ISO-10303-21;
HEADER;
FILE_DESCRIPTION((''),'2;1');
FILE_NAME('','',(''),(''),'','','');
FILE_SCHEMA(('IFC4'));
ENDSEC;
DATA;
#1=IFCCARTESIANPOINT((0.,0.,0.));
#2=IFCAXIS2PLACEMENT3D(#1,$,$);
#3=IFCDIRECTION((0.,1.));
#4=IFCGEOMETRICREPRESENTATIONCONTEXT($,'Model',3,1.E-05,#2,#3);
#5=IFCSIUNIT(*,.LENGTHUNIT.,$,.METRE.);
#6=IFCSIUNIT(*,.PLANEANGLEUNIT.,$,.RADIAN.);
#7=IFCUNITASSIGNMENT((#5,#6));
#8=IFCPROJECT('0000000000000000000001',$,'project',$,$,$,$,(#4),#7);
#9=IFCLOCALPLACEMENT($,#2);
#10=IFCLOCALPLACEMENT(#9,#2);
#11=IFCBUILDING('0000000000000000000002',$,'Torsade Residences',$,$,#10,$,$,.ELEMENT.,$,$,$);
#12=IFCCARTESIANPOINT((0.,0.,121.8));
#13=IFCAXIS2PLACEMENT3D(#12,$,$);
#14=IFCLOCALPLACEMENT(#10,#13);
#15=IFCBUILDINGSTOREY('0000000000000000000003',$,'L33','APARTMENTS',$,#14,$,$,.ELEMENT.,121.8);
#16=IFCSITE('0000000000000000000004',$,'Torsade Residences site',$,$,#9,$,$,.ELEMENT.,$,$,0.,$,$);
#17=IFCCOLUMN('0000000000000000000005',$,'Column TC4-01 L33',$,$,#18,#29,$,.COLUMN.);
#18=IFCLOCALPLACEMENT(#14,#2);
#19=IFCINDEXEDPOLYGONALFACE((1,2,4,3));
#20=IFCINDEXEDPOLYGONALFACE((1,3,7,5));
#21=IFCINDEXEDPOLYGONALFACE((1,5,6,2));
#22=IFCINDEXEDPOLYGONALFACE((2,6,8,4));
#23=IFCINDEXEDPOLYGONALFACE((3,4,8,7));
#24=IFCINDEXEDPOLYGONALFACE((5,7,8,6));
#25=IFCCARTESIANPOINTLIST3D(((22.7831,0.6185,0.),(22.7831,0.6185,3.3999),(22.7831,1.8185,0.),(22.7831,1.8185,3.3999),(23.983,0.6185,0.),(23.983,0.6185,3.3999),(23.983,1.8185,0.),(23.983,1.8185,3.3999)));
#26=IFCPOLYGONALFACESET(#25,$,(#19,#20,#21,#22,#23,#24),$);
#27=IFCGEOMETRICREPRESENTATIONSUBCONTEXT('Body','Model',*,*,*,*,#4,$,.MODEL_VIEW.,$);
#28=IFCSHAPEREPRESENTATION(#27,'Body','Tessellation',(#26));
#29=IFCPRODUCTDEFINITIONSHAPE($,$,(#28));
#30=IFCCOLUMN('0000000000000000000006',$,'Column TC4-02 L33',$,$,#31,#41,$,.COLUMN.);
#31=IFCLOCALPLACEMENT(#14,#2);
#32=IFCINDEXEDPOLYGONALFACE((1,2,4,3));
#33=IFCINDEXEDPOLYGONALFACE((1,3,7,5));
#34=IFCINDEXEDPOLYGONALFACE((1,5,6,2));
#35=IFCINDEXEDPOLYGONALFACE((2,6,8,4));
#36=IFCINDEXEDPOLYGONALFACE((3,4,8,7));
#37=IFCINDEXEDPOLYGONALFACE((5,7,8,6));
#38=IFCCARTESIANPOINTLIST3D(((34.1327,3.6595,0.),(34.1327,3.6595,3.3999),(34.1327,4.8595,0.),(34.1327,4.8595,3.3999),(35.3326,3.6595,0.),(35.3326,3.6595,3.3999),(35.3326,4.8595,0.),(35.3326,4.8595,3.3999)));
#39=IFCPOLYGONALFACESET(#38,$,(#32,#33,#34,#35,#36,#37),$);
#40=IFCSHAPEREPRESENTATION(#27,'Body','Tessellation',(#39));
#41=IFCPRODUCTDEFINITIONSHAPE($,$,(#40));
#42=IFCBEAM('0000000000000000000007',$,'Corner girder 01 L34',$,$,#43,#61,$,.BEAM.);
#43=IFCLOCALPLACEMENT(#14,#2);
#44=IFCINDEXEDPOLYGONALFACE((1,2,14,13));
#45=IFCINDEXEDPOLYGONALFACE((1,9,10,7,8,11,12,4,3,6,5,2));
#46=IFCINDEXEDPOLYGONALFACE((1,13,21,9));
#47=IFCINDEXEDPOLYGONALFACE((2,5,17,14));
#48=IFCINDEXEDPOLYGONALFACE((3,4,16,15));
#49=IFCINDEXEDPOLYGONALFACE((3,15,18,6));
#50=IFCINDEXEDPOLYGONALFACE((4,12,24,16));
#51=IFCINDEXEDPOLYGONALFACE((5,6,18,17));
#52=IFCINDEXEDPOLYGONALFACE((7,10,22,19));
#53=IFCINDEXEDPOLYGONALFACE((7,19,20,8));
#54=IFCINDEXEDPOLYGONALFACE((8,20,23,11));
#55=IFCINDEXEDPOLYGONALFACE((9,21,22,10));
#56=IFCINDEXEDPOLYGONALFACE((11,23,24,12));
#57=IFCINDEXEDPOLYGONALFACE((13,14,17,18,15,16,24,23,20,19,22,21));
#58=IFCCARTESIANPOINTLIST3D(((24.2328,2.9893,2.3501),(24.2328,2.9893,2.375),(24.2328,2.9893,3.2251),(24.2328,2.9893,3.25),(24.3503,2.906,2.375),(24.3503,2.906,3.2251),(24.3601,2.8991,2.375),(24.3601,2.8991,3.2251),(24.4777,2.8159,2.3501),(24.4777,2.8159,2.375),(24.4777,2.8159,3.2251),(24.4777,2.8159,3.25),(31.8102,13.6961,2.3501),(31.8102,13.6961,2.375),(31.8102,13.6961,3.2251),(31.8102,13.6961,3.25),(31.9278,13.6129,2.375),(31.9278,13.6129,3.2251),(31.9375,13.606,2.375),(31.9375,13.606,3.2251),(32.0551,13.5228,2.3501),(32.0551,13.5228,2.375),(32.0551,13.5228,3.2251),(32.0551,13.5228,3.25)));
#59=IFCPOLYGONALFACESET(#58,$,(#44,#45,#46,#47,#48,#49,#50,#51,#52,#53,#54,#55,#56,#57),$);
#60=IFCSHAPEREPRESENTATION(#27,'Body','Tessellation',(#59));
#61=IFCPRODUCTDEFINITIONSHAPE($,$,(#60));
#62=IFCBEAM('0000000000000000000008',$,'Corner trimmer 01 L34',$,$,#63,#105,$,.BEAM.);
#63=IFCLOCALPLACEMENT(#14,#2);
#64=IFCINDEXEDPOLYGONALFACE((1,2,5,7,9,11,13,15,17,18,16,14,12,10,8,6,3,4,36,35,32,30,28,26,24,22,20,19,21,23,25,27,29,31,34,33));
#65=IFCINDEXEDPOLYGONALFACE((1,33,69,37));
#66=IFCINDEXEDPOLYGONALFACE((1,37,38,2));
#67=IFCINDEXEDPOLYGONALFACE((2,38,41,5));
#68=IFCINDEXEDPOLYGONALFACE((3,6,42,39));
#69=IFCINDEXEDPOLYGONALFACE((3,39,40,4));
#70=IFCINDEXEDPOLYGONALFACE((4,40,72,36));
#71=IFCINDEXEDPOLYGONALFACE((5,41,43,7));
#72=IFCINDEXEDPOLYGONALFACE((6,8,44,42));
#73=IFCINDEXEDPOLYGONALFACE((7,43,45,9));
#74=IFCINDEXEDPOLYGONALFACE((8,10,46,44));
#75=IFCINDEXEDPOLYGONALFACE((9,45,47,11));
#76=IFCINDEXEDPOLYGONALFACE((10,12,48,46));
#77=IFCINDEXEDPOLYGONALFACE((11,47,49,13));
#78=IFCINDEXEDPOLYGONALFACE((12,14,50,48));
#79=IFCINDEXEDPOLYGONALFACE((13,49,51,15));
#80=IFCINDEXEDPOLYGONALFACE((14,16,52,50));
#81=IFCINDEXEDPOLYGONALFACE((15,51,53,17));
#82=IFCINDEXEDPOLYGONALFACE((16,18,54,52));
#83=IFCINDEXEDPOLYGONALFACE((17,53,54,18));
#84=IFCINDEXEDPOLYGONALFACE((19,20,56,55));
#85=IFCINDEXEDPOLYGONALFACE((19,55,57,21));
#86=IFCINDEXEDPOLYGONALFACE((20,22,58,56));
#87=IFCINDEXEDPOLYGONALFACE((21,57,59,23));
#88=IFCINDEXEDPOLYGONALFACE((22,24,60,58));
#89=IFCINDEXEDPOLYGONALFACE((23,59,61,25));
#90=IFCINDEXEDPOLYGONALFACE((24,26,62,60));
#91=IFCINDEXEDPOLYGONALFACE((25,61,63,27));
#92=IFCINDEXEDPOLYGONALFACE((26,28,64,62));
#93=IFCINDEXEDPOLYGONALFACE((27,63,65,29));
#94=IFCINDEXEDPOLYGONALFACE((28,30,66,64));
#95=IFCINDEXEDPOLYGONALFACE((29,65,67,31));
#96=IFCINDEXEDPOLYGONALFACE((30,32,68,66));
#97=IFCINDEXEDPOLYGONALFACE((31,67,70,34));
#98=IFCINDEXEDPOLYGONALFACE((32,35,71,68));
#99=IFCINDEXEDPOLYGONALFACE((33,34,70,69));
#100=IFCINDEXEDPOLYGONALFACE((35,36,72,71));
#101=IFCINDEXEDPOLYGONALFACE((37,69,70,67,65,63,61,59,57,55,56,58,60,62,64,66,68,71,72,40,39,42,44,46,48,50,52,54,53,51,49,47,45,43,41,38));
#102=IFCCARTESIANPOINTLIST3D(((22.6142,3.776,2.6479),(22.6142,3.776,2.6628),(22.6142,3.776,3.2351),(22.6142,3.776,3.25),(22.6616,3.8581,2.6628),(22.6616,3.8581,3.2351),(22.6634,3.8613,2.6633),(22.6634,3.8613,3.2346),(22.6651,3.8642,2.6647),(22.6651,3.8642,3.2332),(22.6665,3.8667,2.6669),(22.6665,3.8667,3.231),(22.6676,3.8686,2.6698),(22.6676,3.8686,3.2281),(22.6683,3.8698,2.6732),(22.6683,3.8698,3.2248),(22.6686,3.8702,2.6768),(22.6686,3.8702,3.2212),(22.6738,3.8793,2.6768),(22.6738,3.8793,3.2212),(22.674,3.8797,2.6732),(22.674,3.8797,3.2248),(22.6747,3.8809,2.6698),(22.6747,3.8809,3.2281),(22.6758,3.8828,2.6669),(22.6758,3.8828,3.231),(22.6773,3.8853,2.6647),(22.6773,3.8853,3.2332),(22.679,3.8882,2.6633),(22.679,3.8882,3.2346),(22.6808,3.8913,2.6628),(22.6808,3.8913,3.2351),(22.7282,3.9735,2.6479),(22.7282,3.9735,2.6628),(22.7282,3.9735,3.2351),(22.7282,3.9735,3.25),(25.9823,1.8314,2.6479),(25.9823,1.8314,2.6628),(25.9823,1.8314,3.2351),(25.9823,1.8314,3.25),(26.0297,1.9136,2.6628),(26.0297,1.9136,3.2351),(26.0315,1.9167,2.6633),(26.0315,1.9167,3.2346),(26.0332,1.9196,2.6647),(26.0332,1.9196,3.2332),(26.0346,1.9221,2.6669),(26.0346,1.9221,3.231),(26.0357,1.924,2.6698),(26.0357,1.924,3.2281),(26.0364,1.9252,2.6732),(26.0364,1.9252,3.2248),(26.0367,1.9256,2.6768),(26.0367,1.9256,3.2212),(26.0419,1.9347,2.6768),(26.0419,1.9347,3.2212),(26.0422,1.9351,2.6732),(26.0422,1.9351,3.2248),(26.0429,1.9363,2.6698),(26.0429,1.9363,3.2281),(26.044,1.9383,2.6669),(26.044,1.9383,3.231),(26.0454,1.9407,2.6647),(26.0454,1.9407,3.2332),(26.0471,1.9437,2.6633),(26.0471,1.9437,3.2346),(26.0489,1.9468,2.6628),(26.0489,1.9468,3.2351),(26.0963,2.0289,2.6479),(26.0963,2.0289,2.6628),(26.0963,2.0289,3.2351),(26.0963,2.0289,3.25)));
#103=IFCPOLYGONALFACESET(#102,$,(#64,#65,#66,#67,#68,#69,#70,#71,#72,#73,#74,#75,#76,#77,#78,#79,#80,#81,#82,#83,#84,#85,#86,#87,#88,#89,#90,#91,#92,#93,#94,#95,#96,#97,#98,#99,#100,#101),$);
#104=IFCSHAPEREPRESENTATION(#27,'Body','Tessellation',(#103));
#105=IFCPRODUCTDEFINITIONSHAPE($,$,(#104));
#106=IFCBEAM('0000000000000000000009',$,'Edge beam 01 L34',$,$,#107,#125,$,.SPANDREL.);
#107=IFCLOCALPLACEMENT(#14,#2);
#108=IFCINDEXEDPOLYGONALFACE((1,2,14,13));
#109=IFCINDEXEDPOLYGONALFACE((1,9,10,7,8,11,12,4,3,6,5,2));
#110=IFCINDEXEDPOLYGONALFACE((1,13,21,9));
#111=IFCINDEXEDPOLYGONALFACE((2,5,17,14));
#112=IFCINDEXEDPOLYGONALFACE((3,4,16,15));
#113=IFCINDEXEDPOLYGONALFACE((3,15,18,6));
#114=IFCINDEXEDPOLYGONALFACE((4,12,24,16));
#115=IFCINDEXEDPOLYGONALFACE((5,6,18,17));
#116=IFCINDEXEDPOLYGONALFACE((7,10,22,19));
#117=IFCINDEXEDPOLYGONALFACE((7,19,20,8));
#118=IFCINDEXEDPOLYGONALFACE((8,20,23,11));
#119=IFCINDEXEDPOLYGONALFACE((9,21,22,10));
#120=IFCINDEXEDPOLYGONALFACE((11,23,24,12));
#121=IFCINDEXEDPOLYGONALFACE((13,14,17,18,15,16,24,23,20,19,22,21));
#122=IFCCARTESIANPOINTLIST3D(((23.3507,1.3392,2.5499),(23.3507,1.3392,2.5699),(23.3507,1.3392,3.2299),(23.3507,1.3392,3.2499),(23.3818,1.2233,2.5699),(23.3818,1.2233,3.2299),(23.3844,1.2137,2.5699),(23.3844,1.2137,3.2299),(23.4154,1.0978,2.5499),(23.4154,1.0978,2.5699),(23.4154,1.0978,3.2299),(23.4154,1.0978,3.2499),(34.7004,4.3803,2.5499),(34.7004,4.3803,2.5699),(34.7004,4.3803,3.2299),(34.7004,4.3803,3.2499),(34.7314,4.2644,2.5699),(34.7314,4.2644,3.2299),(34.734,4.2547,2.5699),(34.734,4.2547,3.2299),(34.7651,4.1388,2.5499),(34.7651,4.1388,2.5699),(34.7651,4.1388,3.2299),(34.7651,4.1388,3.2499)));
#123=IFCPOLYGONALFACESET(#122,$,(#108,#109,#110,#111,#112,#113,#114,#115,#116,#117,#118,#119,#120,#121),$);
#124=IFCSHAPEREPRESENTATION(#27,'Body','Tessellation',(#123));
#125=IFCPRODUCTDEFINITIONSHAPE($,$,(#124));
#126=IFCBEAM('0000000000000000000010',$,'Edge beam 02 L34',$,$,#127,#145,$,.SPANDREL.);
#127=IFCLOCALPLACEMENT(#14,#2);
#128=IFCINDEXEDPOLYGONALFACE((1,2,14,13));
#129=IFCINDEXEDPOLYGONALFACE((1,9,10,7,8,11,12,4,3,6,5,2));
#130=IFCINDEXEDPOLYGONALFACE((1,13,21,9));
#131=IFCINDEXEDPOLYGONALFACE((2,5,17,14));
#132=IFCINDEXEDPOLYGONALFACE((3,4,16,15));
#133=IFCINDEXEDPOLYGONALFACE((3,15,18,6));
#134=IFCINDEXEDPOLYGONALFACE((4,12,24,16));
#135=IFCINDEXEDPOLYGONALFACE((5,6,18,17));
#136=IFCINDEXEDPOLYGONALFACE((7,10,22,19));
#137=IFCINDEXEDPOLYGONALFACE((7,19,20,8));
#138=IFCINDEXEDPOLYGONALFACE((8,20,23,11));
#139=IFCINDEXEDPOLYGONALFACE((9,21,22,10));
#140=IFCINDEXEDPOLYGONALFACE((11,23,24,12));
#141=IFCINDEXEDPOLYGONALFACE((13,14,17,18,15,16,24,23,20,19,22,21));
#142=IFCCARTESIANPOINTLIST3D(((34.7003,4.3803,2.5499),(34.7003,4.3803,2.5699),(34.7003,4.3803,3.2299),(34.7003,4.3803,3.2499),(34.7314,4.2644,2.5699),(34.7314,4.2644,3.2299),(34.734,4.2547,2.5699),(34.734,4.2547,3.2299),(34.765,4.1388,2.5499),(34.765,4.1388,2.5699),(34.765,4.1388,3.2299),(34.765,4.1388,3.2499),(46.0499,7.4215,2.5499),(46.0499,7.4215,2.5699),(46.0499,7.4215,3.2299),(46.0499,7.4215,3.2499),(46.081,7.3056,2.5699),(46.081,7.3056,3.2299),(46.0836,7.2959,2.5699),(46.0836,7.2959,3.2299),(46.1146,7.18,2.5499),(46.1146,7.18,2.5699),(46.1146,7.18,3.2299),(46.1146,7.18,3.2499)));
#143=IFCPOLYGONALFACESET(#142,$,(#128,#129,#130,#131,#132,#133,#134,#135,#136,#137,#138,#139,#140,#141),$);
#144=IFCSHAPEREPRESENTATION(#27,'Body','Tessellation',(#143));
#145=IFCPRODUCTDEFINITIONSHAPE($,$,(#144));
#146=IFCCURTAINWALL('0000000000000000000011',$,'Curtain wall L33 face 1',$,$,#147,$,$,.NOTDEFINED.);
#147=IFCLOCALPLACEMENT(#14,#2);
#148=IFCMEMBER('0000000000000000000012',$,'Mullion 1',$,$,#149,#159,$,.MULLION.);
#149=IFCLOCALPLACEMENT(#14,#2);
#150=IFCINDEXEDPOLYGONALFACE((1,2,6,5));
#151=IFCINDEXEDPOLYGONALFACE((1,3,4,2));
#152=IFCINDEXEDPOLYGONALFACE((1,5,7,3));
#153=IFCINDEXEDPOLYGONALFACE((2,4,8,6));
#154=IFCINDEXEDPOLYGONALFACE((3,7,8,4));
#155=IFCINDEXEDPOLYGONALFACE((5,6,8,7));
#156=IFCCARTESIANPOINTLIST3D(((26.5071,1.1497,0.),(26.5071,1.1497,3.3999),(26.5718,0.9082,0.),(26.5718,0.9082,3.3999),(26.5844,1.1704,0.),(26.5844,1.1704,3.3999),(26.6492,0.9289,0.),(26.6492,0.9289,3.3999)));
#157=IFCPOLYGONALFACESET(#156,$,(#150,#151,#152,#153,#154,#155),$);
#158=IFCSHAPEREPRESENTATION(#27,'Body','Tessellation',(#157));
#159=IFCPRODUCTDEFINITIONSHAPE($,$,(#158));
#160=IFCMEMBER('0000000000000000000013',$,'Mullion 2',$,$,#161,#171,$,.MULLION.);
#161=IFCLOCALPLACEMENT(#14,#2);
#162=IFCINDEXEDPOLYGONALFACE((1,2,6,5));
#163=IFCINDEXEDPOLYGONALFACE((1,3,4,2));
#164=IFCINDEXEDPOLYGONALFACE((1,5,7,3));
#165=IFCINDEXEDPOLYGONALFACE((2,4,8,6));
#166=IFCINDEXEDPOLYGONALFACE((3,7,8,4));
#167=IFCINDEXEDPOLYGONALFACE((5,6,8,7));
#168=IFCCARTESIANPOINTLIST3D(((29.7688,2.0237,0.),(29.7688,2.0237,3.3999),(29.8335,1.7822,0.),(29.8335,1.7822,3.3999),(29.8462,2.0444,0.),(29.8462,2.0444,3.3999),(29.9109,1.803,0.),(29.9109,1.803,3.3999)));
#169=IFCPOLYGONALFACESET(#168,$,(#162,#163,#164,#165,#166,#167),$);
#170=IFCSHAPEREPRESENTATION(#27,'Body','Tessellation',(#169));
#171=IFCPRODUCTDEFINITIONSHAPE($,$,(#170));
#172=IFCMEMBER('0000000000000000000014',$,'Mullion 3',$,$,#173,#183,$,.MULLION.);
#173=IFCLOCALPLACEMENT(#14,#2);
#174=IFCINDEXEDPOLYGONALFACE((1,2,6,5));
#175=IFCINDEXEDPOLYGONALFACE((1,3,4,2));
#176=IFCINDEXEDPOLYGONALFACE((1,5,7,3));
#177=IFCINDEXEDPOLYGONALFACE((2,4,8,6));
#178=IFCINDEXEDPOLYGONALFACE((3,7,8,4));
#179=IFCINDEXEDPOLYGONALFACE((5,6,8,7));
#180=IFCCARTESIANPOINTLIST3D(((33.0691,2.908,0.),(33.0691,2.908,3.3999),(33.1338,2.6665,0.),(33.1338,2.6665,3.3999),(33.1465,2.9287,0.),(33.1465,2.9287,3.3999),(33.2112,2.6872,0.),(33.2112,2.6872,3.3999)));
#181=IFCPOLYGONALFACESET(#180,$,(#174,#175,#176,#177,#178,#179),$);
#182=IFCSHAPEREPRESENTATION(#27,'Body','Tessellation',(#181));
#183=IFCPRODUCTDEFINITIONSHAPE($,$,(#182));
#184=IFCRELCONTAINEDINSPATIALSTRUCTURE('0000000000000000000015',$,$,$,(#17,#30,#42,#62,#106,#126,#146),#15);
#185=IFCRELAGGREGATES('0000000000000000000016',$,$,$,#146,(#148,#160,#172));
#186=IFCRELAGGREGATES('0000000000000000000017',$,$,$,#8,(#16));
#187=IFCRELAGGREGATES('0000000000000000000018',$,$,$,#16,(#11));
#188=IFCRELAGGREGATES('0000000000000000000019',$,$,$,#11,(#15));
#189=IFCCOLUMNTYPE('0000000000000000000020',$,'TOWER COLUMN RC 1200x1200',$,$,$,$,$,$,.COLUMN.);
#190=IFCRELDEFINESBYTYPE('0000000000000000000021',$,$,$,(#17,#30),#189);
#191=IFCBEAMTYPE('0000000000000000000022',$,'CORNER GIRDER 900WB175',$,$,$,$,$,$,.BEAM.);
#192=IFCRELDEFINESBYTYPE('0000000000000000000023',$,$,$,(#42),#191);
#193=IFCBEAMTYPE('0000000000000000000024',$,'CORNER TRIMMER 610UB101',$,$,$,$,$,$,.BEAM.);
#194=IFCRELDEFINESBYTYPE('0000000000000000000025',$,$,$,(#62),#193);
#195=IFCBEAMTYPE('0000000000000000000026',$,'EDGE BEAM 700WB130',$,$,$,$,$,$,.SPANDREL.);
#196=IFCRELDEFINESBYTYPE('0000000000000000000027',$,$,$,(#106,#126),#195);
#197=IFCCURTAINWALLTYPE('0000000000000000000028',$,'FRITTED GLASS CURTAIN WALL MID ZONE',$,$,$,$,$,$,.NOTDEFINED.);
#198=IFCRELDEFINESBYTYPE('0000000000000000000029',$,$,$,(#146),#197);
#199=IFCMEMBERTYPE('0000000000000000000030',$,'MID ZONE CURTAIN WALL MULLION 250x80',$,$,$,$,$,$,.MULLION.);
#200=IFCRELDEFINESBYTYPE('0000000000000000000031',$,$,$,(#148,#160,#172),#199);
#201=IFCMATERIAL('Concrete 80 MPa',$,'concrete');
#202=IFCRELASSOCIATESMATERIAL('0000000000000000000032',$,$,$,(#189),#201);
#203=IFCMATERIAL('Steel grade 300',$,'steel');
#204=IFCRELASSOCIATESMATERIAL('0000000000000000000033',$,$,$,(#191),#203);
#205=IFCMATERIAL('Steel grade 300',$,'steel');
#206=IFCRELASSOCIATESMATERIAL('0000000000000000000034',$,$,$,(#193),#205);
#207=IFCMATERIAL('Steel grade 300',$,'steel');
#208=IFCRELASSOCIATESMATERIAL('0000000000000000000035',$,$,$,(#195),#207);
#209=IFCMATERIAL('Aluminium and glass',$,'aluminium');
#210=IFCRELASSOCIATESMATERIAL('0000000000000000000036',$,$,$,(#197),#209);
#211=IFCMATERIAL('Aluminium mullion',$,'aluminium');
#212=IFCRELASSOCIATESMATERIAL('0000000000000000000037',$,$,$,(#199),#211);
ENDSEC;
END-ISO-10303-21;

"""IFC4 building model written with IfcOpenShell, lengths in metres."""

from ifc_helpers import new_model, si_unit, direction, frame, origin, origin_2d, place, context, subcontext, project, spatial, rectangle, i_section, extrude, material, material_profile, profile_set, type_object, element, aggregate, save


model = new_model("IFC4")

# Units and contexts
model_context = context("Model", 3, precision=1e-05, world=origin(), true_north=direction((0.0, 1.0)))
body_context = subcontext(model_context, "Body", "Model", "MODEL_VIEW")
ifc_project = project(units=[si_unit("LENGTHUNIT", "METRE"), si_unit("PLANEANGLEUNIT", "RADIAN")], contexts=[model_context])

# Site, building, storey
site_placement = place(None, origin())
site = spatial("IfcSite", under=ifc_project, at=site_placement, Name="Torsade Residences site", CompositionType="ELEMENT", RefElevation=0.0)
building_placement = place(site_placement, origin())
building = spatial("IfcBuilding", under=site, at=building_placement, Name="Torsade Residences", CompositionType="ELEMENT")
storey_placement = place(building_placement, frame((0.0, 0.0, 121.8)))
storey = spatial("IfcBuildingStorey", under=building, at=storey_placement, Name="L33", Description="APARTMENTS", CompositionType="ELEMENT", Elevation=121.8)

# Columns
ifc_material_1 = material(Name="Concrete 80 MPa", Category="concrete")
ifc_material_profile_1 = material_profile(ifc_material_1, rectangle(XDim=1.2, YDim=1.2, at=origin_2d()), Name="RC 1200x1200")
ifc_profile_set_1 = profile_set([ifc_material_profile_1], Name="Concrete 80 MPa")
column_type = type_object("IfcColumnType", Name="TOWER COLUMN RC 1200x1200", PredefinedType="COLUMN", material=ifc_profile_set_1)
for number, where, z_axis, x_axis, name in (
    (1, (23.3831, 1.2185, 0.0), (0.0, 0.0, 1.0), (1.0, 0.0, 0.0), "Column TC4-01 L33"),
    (2, (34.7327, 4.2595, 0.0), (0.0, 0.0, 1.0), (1.0, 0.0, 0.0), "Column TC4-02 L33"),
):
    element("IfcColumn", number, at=place(storey_placement, frame(where, z_axis=z_axis, x_axis=x_axis)), inside=storey, type_object=column_type, Name=name, PredefinedType="COLUMN", context=body_context, shape_type="SweptSolid", body=[
        extrude(rectangle(XDim=1.2, YDim=1.2, at=origin_2d()), origin(), (0.0, 0.0, 1.0), 3.3999),
    ])

# Beams
ifc_material_2 = material(Name="Steel grade 300", Category="steel")
ifc_material_profile_2 = material_profile(ifc_material_2, i_section(OverallWidth=0.3, OverallDepth=0.8999, WebThickness=0.012, FlangeThickness=0.0249, at=origin_2d()), Name="900WB175")
ifc_profile_set_2 = profile_set([ifc_material_profile_2], Name="Steel grade 300")
beam_type_1 = type_object("IfcBeamType", Name="CORNER GIRDER 900WB175", PredefinedType="BEAM", material=ifc_profile_set_2)
beam_1_placement = place(storey_placement, frame((24.3552, 2.9026, 2.8), z_axis=(0.577683, 0.816261, 0.0), x_axis=(-0.816261, 0.577683, 0.0)))
element("IfcBeam", 3, at=beam_1_placement, inside=storey, type_object=beam_type_1, Name="Corner girder 01 L34", PredefinedType="BEAM", context=body_context, shape_type="SweptSolid", body=[
    extrude(i_section(OverallWidth=0.3, OverallDepth=0.8999, WebThickness=0.012, FlangeThickness=0.0249, at=origin_2d()), origin(), (0.0, 0.0, 1.0), 13.1169),
])
ifc_material_3 = material(Name="Steel grade 300", Category="steel")
ifc_material_profile_3 = material_profile(ifc_material_3, i_section(OverallWidth=0.228, OverallDepth=0.6021, WebThickness=0.0105, FlangeThickness=0.0149, FilletRadius=0.0139, at=origin_2d()), Name="610UB101")
ifc_profile_set_3 = profile_set([ifc_material_profile_3], Name="Steel grade 300")
beam_type_2 = type_object("IfcBeamType", Name="CORNER TRIMMER 610UB101", PredefinedType="BEAM", material=ifc_profile_set_3)
beam_2_placement = place(storey_placement, frame((26.0393, 1.9302, 2.949), z_axis=(-0.866029, 0.499994, 0.0), x_axis=(-0.499994, -0.866029, 0.0)))
element("IfcBeam", 4, at=beam_2_placement, inside=storey, type_object=beam_type_2, Name="Corner trimmer 01 L34", PredefinedType="BEAM", context=body_context, shape_type="SweptSolid", body=[
    extrude(i_section(OverallWidth=0.228, OverallDepth=0.6021, WebThickness=0.0105, FlangeThickness=0.0149, FilletRadius=0.0139, at=origin_2d()), origin(), (0.0, 0.0, 1.0), 3.8892),
])
ifc_material_4 = material(Name="Steel grade 300", Category="steel")
ifc_material_profile_4 = material_profile(ifc_material_4, i_section(OverallWidth=0.25, OverallDepth=0.7, WebThickness=0.01, FlangeThickness=0.02, at=origin_2d()), Name="700WB130")
ifc_profile_set_4 = profile_set([ifc_material_profile_4], Name="Steel grade 300")
beam_type_3 = type_object("IfcBeamType", Name="EDGE BEAM 700WB130", PredefinedType="SPANDREL", material=ifc_profile_set_4)
for number, where, z_axis, x_axis, name in (
    (5, (23.3831, 1.2185, 2.8999), (0.965928, 0.258811, 0.0), (-0.258811, 0.965928, 0.0), "Edge beam 01 L34"),
    (6, (34.7327, 4.2595, 2.8999), (0.965923, 0.25883, 0.0), (-0.25883, 0.965923, 0.0), "Edge beam 02 L34"),
):
    element("IfcBeam", number, at=place(storey_placement, frame(where, z_axis=z_axis, x_axis=x_axis)), inside=storey, type_object=beam_type_3, Name=name, PredefinedType="SPANDREL", context=body_context, shape_type="SweptSolid", body=[
        extrude(i_section(OverallWidth=0.25, OverallDepth=0.7, WebThickness=0.01, FlangeThickness=0.02, at=origin_2d()), origin(), (0.0, 0.0, 1.0), 11.75),
    ])

# Curtain wall, members
ifc_material_5 = material(Name="Aluminium and glass", Category="aluminium")
curtain_wall_type = type_object("IfcCurtainWallType", Name="FRITTED GLASS CURTAIN WALL MID ZONE", PredefinedType="NOTDEFINED", material=ifc_material_5)
curtain_wall_placement = place(storey_placement, origin())
curtain_wall = element("IfcCurtainWall", 7, at=curtain_wall_placement, inside=storey, type_object=curtain_wall_type, Name="Curtain wall L33 face 1", PredefinedType="NOTDEFINED")
ifc_material_6 = material(Name="Aluminium mullion", Category="aluminium")
ifc_material_profile_5 = material_profile(ifc_material_6, rectangle(XDim=0.25, YDim=0.0801, at=origin_2d()), Name="MID ZONE CURTAIN WALL MULLION 250x80")
ifc_profile_set_5 = profile_set([ifc_material_profile_5], Name="Aluminium mullion")
member_type_1 = type_object("IfcMemberType", Name="MID ZONE CURTAIN WALL MULLION 250x80", PredefinedType="MULLION", material=ifc_profile_set_5)
member_1_placement = place(storey_placement, frame((26.5781, 1.0393, 0.0), z_axis=(0.0, 0.0, 1.0), x_axis=(-0.258819, 0.965926, 0.0)))
member_1 = element("IfcMember", 8, at=member_1_placement, type_object=member_type_1, Name="Mullion 1", PredefinedType="MULLION", context=body_context, shape_type="SweptSolid", body=[
    extrude(rectangle(XDim=0.25, YDim=0.0801, at=origin_2d()), origin(), (0.0, 0.0, 1.0), 3.3999),
])
member_2_placement = place(storey_placement, frame((29.8398, 1.9133, 0.0), z_axis=(0.0, 0.0, 1.0), x_axis=(-0.258819, 0.965926, 0.0)))
member_2 = element("IfcMember", 9, at=member_2_placement, type_object=member_type_1, Name="Mullion 2", PredefinedType="MULLION", context=body_context, shape_type="SweptSolid", body=[
    extrude(rectangle(XDim=0.25, YDim=0.0801, at=origin_2d()), origin(), (0.0, 0.0, 1.0), 3.3999),
])
member_3_placement = place(storey_placement, frame((33.1401, 2.7976, 0.0), z_axis=(0.0, 0.0, 1.0), x_axis=(-0.258819, 0.965926, 0.0)))
member_3 = element("IfcMember", 10, at=member_3_placement, type_object=member_type_1, Name="Mullion 3", PredefinedType="MULLION", context=body_context, shape_type="SweptSolid", body=[
    extrude(rectangle(XDim=0.25, YDim=0.0801, at=origin_2d()), origin(), (0.0, 0.0, 1.0), 3.3999),
])

aggregate(curtain_wall, [member_1, member_2, member_3])

save(model, "model.ifc")
